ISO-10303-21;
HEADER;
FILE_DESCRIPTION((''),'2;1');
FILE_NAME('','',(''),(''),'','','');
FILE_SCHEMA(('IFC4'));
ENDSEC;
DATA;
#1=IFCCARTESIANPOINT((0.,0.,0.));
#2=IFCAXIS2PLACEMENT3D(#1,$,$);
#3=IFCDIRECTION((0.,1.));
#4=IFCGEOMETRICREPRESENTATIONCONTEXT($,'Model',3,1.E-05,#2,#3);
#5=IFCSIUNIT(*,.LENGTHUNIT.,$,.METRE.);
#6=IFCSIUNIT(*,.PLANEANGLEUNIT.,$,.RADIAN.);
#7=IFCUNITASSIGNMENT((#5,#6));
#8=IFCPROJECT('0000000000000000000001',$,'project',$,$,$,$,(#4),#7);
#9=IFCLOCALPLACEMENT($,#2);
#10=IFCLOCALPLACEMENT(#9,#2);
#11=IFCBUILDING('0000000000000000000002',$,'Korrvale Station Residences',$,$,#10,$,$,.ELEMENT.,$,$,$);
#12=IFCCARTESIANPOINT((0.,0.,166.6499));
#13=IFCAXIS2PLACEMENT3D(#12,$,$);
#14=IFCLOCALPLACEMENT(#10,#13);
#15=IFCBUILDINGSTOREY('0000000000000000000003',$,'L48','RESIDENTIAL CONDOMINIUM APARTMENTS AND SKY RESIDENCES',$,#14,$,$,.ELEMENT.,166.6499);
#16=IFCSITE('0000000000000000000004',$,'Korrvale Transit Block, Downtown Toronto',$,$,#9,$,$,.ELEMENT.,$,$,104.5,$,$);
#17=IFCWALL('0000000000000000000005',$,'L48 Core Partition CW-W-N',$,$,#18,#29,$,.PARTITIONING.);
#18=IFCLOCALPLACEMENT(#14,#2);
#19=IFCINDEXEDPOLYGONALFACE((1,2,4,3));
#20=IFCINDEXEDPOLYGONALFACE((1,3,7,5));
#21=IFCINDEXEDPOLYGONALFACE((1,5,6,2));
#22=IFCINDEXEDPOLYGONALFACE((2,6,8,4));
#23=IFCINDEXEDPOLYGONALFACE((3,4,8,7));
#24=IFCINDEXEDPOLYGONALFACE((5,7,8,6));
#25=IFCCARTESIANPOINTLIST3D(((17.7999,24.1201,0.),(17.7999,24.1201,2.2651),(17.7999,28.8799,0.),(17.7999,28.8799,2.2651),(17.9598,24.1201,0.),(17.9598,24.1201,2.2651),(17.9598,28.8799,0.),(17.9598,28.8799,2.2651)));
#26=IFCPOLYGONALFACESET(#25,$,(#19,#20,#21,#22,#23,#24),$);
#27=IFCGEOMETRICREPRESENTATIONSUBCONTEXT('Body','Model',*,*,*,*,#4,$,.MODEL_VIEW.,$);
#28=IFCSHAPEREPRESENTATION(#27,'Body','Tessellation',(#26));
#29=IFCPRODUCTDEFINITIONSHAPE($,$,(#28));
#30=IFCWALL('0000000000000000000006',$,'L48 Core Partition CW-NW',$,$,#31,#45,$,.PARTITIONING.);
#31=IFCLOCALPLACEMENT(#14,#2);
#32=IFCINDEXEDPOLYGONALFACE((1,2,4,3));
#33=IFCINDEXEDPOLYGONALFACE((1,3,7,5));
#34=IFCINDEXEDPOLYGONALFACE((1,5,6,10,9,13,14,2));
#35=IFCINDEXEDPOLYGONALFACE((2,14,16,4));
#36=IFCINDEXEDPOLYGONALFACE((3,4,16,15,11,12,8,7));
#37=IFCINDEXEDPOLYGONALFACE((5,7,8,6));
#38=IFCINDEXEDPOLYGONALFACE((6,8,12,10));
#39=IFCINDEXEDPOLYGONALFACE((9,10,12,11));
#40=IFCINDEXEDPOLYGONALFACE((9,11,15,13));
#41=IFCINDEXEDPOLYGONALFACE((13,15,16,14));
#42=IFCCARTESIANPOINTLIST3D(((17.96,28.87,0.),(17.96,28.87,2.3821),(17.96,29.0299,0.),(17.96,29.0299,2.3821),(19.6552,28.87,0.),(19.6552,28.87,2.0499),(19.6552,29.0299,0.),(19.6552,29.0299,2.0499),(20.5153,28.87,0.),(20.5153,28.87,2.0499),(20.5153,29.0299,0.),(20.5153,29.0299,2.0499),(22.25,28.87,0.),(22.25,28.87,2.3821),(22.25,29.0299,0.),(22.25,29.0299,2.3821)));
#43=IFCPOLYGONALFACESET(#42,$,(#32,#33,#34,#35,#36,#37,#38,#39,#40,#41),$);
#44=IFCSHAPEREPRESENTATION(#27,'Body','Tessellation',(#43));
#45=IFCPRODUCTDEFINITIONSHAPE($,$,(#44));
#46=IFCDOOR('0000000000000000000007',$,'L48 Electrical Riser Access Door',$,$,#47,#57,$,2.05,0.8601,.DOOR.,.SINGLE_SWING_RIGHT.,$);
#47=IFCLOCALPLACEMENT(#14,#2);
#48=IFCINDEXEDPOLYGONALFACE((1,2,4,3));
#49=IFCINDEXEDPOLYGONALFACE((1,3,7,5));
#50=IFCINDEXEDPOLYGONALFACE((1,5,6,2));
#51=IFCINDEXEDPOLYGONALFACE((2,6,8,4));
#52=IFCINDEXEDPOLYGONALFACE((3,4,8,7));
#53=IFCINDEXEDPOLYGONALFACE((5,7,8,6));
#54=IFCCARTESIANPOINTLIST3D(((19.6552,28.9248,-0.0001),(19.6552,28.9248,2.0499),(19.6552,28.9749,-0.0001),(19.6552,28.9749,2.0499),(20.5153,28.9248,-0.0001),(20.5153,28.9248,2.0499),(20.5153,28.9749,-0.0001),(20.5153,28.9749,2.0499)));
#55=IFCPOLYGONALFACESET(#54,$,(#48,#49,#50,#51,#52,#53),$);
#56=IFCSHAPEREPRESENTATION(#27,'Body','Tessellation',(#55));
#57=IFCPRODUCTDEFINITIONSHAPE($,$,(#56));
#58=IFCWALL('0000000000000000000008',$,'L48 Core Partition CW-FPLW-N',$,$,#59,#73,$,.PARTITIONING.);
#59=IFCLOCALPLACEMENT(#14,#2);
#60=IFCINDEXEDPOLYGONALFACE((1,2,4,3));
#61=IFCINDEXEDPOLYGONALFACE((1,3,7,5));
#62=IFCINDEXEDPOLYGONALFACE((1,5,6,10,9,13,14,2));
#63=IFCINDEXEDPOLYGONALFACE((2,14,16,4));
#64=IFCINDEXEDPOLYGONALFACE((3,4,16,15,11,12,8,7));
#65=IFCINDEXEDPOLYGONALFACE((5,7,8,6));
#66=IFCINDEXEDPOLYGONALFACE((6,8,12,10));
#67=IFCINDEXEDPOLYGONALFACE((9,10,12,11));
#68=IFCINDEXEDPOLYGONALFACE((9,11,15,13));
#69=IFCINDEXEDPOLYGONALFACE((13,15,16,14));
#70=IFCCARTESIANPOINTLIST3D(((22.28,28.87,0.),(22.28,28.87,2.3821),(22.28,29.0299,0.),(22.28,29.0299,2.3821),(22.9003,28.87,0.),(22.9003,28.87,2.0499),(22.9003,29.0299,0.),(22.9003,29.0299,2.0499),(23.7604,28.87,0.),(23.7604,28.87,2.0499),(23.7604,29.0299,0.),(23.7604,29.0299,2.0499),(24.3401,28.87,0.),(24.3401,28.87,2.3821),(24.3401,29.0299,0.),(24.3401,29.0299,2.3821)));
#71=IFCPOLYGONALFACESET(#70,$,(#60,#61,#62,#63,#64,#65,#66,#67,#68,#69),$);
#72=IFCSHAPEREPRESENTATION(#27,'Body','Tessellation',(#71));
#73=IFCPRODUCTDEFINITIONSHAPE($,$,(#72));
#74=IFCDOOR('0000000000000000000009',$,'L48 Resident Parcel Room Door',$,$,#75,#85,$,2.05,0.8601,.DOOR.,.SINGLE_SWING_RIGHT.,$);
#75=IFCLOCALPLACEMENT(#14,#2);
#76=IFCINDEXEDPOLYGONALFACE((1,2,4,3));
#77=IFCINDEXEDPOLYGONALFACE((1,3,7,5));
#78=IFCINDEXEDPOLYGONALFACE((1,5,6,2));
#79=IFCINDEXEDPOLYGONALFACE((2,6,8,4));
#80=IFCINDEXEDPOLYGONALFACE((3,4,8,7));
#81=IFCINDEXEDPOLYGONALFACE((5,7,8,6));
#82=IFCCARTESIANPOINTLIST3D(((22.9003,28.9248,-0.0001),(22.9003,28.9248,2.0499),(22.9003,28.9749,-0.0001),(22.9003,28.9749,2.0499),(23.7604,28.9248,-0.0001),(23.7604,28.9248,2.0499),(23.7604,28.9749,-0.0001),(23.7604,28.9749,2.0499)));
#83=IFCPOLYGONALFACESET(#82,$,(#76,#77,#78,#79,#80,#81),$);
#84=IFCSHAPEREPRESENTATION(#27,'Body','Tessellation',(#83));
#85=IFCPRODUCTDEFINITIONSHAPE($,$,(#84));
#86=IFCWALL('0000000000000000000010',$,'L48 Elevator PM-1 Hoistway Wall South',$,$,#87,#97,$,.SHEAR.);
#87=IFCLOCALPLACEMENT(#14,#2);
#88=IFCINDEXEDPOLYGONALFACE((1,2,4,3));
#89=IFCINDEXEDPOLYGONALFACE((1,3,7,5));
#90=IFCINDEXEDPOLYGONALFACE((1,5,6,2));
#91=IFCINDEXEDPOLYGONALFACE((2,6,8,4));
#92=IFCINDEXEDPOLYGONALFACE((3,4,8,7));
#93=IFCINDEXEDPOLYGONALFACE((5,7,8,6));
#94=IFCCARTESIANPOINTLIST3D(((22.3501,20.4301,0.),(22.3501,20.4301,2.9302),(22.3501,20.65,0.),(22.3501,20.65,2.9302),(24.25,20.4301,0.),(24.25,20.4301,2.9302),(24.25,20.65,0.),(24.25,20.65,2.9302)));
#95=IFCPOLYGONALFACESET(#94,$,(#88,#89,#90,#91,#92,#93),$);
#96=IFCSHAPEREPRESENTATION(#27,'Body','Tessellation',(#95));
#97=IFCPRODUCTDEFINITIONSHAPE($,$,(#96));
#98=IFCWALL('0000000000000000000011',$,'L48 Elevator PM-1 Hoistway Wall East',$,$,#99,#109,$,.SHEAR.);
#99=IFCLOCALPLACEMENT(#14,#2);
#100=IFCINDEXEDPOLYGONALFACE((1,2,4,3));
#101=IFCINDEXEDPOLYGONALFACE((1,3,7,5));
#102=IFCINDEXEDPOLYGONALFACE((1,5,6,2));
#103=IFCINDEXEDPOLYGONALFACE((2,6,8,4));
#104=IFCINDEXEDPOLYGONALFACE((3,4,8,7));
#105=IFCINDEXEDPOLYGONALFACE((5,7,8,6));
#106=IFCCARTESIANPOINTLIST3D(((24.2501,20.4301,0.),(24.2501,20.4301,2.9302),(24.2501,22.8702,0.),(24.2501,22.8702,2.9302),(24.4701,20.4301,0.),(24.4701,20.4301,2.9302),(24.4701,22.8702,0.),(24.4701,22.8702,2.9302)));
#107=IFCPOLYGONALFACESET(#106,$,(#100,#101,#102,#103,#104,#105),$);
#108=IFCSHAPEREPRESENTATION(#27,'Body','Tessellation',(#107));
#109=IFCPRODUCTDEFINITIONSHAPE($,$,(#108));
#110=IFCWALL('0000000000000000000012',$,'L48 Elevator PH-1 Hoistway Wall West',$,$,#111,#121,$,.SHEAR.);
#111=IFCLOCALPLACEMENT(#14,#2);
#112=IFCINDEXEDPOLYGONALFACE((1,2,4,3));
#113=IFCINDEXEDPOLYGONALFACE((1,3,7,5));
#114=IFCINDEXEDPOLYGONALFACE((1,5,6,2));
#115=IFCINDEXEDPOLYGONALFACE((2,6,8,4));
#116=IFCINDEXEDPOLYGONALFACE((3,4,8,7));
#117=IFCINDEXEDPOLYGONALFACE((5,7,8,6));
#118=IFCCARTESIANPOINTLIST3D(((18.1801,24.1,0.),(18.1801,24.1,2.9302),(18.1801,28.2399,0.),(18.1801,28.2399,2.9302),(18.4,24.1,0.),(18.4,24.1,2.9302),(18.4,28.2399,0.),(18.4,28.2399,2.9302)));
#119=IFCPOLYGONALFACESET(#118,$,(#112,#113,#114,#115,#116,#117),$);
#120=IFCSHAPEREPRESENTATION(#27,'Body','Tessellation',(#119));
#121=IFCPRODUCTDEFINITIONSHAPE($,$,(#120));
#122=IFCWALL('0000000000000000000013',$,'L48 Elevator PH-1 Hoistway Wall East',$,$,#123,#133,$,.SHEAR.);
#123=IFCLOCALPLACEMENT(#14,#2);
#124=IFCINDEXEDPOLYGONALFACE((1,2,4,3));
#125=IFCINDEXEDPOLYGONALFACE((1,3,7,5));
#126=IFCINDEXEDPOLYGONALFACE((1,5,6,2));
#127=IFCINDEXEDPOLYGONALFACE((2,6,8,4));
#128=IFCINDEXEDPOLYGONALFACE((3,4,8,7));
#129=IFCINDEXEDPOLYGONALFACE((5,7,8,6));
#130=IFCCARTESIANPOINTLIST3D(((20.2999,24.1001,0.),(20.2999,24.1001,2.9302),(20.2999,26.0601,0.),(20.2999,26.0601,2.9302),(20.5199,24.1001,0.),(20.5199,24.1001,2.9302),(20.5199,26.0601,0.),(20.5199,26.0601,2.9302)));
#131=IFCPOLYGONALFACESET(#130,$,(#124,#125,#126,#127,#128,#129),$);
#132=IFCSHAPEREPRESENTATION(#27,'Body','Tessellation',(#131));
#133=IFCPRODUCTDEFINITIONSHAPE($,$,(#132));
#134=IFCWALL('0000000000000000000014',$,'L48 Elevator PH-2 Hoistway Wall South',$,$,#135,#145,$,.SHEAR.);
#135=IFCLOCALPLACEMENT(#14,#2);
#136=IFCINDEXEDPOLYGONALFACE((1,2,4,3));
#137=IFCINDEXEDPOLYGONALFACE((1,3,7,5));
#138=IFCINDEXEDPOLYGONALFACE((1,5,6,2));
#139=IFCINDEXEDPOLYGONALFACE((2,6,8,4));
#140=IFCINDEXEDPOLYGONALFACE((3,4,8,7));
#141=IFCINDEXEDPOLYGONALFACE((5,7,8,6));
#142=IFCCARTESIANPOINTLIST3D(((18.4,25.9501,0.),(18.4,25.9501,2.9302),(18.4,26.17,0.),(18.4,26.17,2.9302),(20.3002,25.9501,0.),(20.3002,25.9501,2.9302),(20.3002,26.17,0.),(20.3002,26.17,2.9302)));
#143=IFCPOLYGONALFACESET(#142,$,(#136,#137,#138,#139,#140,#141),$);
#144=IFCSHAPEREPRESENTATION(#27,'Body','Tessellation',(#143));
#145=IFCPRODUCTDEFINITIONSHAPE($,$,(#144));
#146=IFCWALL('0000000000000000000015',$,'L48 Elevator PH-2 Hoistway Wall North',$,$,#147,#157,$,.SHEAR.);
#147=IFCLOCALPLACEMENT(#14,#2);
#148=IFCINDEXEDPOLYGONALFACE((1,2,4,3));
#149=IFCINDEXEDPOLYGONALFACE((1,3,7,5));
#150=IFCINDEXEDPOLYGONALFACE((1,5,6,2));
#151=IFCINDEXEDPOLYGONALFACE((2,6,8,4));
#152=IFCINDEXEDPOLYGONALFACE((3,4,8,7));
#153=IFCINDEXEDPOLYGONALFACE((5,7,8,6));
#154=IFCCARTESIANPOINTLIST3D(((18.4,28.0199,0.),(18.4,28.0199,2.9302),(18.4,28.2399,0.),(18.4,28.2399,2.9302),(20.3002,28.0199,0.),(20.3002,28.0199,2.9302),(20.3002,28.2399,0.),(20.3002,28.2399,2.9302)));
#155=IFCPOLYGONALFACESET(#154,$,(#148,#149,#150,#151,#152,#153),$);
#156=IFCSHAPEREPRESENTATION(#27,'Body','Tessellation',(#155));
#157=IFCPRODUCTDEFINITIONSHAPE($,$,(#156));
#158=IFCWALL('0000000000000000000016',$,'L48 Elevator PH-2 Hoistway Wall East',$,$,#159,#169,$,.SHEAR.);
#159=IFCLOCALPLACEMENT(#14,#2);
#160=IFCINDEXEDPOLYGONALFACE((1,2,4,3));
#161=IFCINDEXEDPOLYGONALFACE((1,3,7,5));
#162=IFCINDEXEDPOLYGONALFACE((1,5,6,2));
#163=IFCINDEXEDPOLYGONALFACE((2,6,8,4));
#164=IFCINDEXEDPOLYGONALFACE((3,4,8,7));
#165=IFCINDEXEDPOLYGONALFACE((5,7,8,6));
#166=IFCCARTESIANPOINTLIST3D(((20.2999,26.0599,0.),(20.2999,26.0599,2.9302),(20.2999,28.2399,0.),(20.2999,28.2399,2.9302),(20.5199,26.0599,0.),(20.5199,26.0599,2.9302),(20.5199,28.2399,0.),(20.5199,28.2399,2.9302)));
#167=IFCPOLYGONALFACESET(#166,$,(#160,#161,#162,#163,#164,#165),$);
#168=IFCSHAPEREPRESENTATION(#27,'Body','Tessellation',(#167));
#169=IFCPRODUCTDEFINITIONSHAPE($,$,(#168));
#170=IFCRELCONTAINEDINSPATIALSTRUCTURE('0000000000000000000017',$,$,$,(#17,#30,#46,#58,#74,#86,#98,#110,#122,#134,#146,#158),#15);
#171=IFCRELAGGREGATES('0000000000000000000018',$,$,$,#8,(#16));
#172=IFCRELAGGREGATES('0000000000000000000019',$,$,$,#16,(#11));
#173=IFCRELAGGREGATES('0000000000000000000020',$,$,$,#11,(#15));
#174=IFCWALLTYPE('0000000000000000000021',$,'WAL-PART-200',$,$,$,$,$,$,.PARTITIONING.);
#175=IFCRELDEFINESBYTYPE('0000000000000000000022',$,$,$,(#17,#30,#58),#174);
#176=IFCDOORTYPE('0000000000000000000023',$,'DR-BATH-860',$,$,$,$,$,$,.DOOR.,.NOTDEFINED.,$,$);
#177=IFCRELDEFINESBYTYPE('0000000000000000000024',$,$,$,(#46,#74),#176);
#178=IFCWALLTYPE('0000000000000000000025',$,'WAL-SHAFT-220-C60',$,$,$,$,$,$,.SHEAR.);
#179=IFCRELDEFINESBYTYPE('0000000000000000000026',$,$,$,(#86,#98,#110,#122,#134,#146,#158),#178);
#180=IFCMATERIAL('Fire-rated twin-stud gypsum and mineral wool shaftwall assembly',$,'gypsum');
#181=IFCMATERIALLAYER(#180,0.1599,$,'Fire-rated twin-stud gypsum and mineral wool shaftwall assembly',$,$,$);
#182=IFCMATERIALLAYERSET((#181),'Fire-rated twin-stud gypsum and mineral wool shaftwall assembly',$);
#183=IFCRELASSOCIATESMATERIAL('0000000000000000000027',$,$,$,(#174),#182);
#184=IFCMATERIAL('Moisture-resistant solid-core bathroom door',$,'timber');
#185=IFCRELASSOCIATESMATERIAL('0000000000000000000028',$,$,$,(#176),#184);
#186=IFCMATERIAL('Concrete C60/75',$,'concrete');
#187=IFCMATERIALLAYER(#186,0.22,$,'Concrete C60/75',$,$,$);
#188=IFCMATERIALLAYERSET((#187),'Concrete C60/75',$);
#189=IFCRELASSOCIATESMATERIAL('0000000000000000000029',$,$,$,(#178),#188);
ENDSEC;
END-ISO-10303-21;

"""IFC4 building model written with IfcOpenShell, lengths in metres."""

from ifc_helpers import new_model, si_unit, direction, frame, frame_2d, origin, place, context, subcontext, project, spatial, rectangle, extrude, material, layer, layer_set, type_object, element, fill, save


model = new_model("IFC4")

# Units and contexts
model_context = context("Model", 3, precision=1e-05, world=origin(), true_north=direction((0.0, 1.0)))
body_context = subcontext(model_context, "Body", "Model", "MODEL_VIEW")
ifc_project = project(units=[si_unit("LENGTHUNIT", "METRE"), si_unit("PLANEANGLEUNIT", "RADIAN")], contexts=[model_context])

# Site, building, storey
site_placement = place(None, origin())
site = spatial("IfcSite", under=ifc_project, at=site_placement, Name="Korrvale Transit Block, Downtown Toronto", CompositionType="ELEMENT", RefElevation=104.5)
building_placement = place(site_placement, origin())
building = spatial("IfcBuilding", under=site, at=building_placement, Name="Korrvale Station Residences", CompositionType="ELEMENT")
storey_placement = place(building_placement, frame((0.0, 0.0, 166.6499)))
storey = spatial("IfcBuildingStorey", under=building, at=storey_placement, Name="L48", Description="RESIDENTIAL CONDOMINIUM APARTMENTS AND SKY RESIDENCES", CompositionType="ELEMENT", Elevation=166.6499)

# Shared definitions
ifc_material_1 = material(Name="Concrete C60/75", Category="concrete")

# Wall
ifc_material_2 = material(Name="Fire-rated twin-stud gypsum and mineral wool shaftwall assembly", Category="gypsum")
ifc_layer_1 = layer(ifc_material_2, 0.1599, Name="Fire-rated twin-stud gypsum and mineral wool shaftwall assembly")
ifc_layer_set_1 = layer_set([ifc_layer_1], Name="Fire-rated twin-stud gypsum and mineral wool shaftwall assembly")
wall_type_1 = type_object("IfcWallType", Name="WAL-PART-200", PredefinedType="PARTITIONING", material=ifc_layer_set_1)
wall_1_placement = place(storey_placement, frame((17.8799, 24.1201, 0.0), z_axis=(0.0, 0.0, 1.0), x_axis=(0.0, 1.0, 0.0)))
element("IfcWall", 1, at=wall_1_placement, inside=storey, type_object=wall_type_1, Name="L48 Core Partition CW-W-N", PredefinedType="PARTITIONING", context=body_context, shape_type="SweptSolid", body=[
    extrude(rectangle(XDim=4.7598, YDim=0.1599, at=frame_2d((2.3799, 0.0))), origin(), (0.0, 0.0, 1.0), 2.2651),
])

# Walls, openings, doors
wall_2_placement = place(storey_placement, frame((17.96, 28.95, 0.0), z_axis=(0.0, 0.0, 1.0), x_axis=(1.0, 0.0, 0.0)))
wall_2 = element("IfcWall", 2, at=wall_2_placement, inside=storey, type_object=wall_type_1, Name="L48 Core Partition CW-NW", PredefinedType="PARTITIONING", context=body_context, shape_type="SweptSolid", body=[
    extrude(rectangle(XDim=4.29, YDim=0.1599, at=frame_2d((2.145, 0.0))), origin(), (0.0, 0.0, 1.0), 2.3821),
])
opening_1_placement = place(wall_2_placement, frame((1.6951, 0.0, 0.0)))
opening_1 = element("IfcOpeningElement", 3, at=opening_1_placement, cuts=wall_2, PredefinedType="OPENING", context=body_context, shape_type="SweptSolid", body=[
    extrude(rectangle(XDim=0.8601, YDim=2.05, at=frame_2d((0.4302, 1.0249))), frame((0.0, 0.0898, 0.0), z_axis=(0.0, -1.0, 0.0), x_axis=(1.0, 0.0, 0.0)), (0.0, 0.0, 1.0), 0.1799),
])
ifc_material_3 = material(Name="Moisture-resistant solid-core bathroom door", Category="timber")
door_type_1 = type_object("IfcDoorType", Name="DR-BATH-860", OperationType="NOTDEFINED", PredefinedType="DOOR", material=ifc_material_3)
door_1_placement = place(opening_1_placement, origin())
door_1 = element("IfcDoor", 4, at=door_1_placement, inside=storey, type_object=door_type_1, Name="L48 Electrical Riser Access Door", OperationType="SINGLE_SWING_RIGHT", OverallHeight=2.05, OverallWidth=0.8601, PredefinedType="DOOR", context=body_context, shape_type="SweptSolid", body=[
    extrude(rectangle(XDim=0.8601, YDim=2.05, at=frame_2d((0.4302, 1.0249))), frame((0.0, 0.0249, 0.0), z_axis=(0.0, -1.0, 0.0), x_axis=(1.0, 0.0, 0.0)), (0.0, 0.0, 1.0), 0.05),
])
fill(opening_1, door_1)
wall_3_placement = place(storey_placement, frame((22.28, 28.95, 0.0), z_axis=(0.0, 0.0, 1.0), x_axis=(1.0, 0.0, 0.0)))
wall_3 = element("IfcWall", 5, at=wall_3_placement, inside=storey, type_object=wall_type_1, Name="L48 Core Partition CW-FPLW-N", PredefinedType="PARTITIONING", context=body_context, shape_type="SweptSolid", body=[
    extrude(rectangle(XDim=2.0601, YDim=0.1599, at=frame_2d((1.03, 0.0))), origin(), (0.0, 0.0, 1.0), 2.3821),
])
opening_2_placement = place(wall_3_placement, frame((0.6201, 0.0, 0.0)))
opening_2 = element("IfcOpeningElement", 6, at=opening_2_placement, cuts=wall_3, PredefinedType="OPENING", context=body_context, shape_type="SweptSolid", body=[
    extrude(rectangle(XDim=0.8601, YDim=2.05, at=frame_2d((0.4302, 1.0249))), frame((0.0, 0.0898, 0.0), z_axis=(0.0, -1.0, 0.0), x_axis=(1.0, 0.0, 0.0)), (0.0, 0.0, 1.0), 0.1799),
])
door_2_placement = place(opening_2_placement, origin())
door_2 = element("IfcDoor", 7, at=door_2_placement, inside=storey, type_object=door_type_1, Name="L48 Resident Parcel Room Door", OperationType="SINGLE_SWING_RIGHT", OverallHeight=2.05, OverallWidth=0.8601, PredefinedType="DOOR", context=body_context, shape_type="SweptSolid", body=[
    extrude(rectangle(XDim=0.8601, YDim=2.05, at=frame_2d((0.4302, 1.0249))), frame((0.0, 0.0249, 0.0), z_axis=(0.0, -1.0, 0.0), x_axis=(1.0, 0.0, 0.0)), (0.0, 0.0, 1.0), 0.05),
])
fill(opening_2, door_2)

# Wall
ifc_layer_2 = layer(ifc_material_1, 0.22, Name="Concrete C60/75")
ifc_layer_set_2 = layer_set([ifc_layer_2], Name="Concrete C60/75")
wall_type_2 = type_object("IfcWallType", Name="WAL-SHAFT-220-C60", PredefinedType="SHEAR", material=ifc_layer_set_2)
wall_4_placement = place(storey_placement, frame((22.3501, 20.54, 0.0), z_axis=(0.0, 0.0, 1.0), x_axis=(1.0, 0.0, 0.0)))
element("IfcWall", 8, at=wall_4_placement, inside=storey, type_object=wall_type_2, Name="L48 Elevator PM-1 Hoistway Wall South", PredefinedType="SHEAR", context=body_context, shape_type="SweptSolid", body=[
    extrude(rectangle(XDim=1.8999, YDim=0.22, at=frame_2d((0.95, 0.0))), origin(), (0.0, 0.0, 1.0), 2.9302),
])

# Walls
wall_5_placement = place(storey_placement, frame((24.3601, 20.4299, 0.0), z_axis=(0.0, 0.0, 1.0), x_axis=(0.0, 1.0, 0.0)))
element("IfcWall", 9, at=wall_5_placement, inside=storey, type_object=wall_type_2, Name="L48 Elevator PM-1 Hoistway Wall East", PredefinedType="SHEAR", context=body_context, shape_type="SweptSolid", body=[
    extrude(rectangle(XDim=2.4402, YDim=0.22, at=frame_2d((1.2202, 0.0))), origin(), (0.0, 0.0, 1.0), 2.9302),
])
wall_6_placement = place(storey_placement, frame((18.29, 24.1001, 0.0), z_axis=(0.0, 0.0, 1.0), x_axis=(0.0, 1.0, 0.0)))
element("IfcWall", 10, at=wall_6_placement, inside=storey, type_object=wall_type_2, Name="L48 Elevator PH-1 Hoistway Wall West", PredefinedType="SHEAR", context=body_context, shape_type="SweptSolid", body=[
    extrude(rectangle(XDim=4.1399, YDim=0.22, at=frame_2d((2.0698, 0.0))), origin(), (0.0, 0.0, 1.0), 2.9302),
])
wall_7_placement = place(storey_placement, frame((20.4099, 24.1001, 0.0), z_axis=(0.0, 0.0, 1.0), x_axis=(0.0, 1.0, 0.0)))
element("IfcWall", 11, at=wall_7_placement, inside=storey, type_object=wall_type_2, Name="L48 Elevator PH-1 Hoistway Wall East", PredefinedType="SHEAR", context=body_context, shape_type="SweptSolid", body=[
    extrude(rectangle(XDim=1.96, YDim=0.22, at=frame_2d((0.98, 0.0))), origin(), (0.0, 0.0, 1.0), 2.9302),
])
for number, where, z_axis, x_axis, name in (
    (12, (18.3999, 26.0601, 0.0), (0.0, 0.0, 1.0), (1.0, 0.0, 0.0), "L48 Elevator PH-2 Hoistway Wall South"),
    (13, (18.3999, 28.1299, 0.0), (0.0, 0.0, 1.0), (1.0, 0.0, 0.0), "L48 Elevator PH-2 Hoistway Wall North"),
):
    element("IfcWall", number, at=place(storey_placement, frame(where, z_axis=z_axis, x_axis=x_axis)), inside=storey, type_object=wall_type_2, Name=name, PredefinedType="SHEAR", context=body_context, shape_type="SweptSolid", body=[
        extrude(rectangle(XDim=1.9001, YDim=0.22, at=frame_2d((0.9502, 0.0))), origin(), (0.0, 0.0, 1.0), 2.9302),
    ])
wall_8_placement = place(storey_placement, frame((20.4099, 26.0601, 0.0), z_axis=(0.0, 0.0, 1.0), x_axis=(0.0, 1.0, 0.0)))
element("IfcWall", 14, at=wall_8_placement, inside=storey, type_object=wall_type_2, Name="L48 Elevator PH-2 Hoistway Wall East", PredefinedType="SHEAR", context=body_context, shape_type="SweptSolid", body=[
    extrude(rectangle(XDim=2.1799, YDim=0.22, at=frame_2d((1.0898, 0.0))), origin(), (0.0, 0.0, 1.0), 2.9302),
])

save(model, "model.ifc")
